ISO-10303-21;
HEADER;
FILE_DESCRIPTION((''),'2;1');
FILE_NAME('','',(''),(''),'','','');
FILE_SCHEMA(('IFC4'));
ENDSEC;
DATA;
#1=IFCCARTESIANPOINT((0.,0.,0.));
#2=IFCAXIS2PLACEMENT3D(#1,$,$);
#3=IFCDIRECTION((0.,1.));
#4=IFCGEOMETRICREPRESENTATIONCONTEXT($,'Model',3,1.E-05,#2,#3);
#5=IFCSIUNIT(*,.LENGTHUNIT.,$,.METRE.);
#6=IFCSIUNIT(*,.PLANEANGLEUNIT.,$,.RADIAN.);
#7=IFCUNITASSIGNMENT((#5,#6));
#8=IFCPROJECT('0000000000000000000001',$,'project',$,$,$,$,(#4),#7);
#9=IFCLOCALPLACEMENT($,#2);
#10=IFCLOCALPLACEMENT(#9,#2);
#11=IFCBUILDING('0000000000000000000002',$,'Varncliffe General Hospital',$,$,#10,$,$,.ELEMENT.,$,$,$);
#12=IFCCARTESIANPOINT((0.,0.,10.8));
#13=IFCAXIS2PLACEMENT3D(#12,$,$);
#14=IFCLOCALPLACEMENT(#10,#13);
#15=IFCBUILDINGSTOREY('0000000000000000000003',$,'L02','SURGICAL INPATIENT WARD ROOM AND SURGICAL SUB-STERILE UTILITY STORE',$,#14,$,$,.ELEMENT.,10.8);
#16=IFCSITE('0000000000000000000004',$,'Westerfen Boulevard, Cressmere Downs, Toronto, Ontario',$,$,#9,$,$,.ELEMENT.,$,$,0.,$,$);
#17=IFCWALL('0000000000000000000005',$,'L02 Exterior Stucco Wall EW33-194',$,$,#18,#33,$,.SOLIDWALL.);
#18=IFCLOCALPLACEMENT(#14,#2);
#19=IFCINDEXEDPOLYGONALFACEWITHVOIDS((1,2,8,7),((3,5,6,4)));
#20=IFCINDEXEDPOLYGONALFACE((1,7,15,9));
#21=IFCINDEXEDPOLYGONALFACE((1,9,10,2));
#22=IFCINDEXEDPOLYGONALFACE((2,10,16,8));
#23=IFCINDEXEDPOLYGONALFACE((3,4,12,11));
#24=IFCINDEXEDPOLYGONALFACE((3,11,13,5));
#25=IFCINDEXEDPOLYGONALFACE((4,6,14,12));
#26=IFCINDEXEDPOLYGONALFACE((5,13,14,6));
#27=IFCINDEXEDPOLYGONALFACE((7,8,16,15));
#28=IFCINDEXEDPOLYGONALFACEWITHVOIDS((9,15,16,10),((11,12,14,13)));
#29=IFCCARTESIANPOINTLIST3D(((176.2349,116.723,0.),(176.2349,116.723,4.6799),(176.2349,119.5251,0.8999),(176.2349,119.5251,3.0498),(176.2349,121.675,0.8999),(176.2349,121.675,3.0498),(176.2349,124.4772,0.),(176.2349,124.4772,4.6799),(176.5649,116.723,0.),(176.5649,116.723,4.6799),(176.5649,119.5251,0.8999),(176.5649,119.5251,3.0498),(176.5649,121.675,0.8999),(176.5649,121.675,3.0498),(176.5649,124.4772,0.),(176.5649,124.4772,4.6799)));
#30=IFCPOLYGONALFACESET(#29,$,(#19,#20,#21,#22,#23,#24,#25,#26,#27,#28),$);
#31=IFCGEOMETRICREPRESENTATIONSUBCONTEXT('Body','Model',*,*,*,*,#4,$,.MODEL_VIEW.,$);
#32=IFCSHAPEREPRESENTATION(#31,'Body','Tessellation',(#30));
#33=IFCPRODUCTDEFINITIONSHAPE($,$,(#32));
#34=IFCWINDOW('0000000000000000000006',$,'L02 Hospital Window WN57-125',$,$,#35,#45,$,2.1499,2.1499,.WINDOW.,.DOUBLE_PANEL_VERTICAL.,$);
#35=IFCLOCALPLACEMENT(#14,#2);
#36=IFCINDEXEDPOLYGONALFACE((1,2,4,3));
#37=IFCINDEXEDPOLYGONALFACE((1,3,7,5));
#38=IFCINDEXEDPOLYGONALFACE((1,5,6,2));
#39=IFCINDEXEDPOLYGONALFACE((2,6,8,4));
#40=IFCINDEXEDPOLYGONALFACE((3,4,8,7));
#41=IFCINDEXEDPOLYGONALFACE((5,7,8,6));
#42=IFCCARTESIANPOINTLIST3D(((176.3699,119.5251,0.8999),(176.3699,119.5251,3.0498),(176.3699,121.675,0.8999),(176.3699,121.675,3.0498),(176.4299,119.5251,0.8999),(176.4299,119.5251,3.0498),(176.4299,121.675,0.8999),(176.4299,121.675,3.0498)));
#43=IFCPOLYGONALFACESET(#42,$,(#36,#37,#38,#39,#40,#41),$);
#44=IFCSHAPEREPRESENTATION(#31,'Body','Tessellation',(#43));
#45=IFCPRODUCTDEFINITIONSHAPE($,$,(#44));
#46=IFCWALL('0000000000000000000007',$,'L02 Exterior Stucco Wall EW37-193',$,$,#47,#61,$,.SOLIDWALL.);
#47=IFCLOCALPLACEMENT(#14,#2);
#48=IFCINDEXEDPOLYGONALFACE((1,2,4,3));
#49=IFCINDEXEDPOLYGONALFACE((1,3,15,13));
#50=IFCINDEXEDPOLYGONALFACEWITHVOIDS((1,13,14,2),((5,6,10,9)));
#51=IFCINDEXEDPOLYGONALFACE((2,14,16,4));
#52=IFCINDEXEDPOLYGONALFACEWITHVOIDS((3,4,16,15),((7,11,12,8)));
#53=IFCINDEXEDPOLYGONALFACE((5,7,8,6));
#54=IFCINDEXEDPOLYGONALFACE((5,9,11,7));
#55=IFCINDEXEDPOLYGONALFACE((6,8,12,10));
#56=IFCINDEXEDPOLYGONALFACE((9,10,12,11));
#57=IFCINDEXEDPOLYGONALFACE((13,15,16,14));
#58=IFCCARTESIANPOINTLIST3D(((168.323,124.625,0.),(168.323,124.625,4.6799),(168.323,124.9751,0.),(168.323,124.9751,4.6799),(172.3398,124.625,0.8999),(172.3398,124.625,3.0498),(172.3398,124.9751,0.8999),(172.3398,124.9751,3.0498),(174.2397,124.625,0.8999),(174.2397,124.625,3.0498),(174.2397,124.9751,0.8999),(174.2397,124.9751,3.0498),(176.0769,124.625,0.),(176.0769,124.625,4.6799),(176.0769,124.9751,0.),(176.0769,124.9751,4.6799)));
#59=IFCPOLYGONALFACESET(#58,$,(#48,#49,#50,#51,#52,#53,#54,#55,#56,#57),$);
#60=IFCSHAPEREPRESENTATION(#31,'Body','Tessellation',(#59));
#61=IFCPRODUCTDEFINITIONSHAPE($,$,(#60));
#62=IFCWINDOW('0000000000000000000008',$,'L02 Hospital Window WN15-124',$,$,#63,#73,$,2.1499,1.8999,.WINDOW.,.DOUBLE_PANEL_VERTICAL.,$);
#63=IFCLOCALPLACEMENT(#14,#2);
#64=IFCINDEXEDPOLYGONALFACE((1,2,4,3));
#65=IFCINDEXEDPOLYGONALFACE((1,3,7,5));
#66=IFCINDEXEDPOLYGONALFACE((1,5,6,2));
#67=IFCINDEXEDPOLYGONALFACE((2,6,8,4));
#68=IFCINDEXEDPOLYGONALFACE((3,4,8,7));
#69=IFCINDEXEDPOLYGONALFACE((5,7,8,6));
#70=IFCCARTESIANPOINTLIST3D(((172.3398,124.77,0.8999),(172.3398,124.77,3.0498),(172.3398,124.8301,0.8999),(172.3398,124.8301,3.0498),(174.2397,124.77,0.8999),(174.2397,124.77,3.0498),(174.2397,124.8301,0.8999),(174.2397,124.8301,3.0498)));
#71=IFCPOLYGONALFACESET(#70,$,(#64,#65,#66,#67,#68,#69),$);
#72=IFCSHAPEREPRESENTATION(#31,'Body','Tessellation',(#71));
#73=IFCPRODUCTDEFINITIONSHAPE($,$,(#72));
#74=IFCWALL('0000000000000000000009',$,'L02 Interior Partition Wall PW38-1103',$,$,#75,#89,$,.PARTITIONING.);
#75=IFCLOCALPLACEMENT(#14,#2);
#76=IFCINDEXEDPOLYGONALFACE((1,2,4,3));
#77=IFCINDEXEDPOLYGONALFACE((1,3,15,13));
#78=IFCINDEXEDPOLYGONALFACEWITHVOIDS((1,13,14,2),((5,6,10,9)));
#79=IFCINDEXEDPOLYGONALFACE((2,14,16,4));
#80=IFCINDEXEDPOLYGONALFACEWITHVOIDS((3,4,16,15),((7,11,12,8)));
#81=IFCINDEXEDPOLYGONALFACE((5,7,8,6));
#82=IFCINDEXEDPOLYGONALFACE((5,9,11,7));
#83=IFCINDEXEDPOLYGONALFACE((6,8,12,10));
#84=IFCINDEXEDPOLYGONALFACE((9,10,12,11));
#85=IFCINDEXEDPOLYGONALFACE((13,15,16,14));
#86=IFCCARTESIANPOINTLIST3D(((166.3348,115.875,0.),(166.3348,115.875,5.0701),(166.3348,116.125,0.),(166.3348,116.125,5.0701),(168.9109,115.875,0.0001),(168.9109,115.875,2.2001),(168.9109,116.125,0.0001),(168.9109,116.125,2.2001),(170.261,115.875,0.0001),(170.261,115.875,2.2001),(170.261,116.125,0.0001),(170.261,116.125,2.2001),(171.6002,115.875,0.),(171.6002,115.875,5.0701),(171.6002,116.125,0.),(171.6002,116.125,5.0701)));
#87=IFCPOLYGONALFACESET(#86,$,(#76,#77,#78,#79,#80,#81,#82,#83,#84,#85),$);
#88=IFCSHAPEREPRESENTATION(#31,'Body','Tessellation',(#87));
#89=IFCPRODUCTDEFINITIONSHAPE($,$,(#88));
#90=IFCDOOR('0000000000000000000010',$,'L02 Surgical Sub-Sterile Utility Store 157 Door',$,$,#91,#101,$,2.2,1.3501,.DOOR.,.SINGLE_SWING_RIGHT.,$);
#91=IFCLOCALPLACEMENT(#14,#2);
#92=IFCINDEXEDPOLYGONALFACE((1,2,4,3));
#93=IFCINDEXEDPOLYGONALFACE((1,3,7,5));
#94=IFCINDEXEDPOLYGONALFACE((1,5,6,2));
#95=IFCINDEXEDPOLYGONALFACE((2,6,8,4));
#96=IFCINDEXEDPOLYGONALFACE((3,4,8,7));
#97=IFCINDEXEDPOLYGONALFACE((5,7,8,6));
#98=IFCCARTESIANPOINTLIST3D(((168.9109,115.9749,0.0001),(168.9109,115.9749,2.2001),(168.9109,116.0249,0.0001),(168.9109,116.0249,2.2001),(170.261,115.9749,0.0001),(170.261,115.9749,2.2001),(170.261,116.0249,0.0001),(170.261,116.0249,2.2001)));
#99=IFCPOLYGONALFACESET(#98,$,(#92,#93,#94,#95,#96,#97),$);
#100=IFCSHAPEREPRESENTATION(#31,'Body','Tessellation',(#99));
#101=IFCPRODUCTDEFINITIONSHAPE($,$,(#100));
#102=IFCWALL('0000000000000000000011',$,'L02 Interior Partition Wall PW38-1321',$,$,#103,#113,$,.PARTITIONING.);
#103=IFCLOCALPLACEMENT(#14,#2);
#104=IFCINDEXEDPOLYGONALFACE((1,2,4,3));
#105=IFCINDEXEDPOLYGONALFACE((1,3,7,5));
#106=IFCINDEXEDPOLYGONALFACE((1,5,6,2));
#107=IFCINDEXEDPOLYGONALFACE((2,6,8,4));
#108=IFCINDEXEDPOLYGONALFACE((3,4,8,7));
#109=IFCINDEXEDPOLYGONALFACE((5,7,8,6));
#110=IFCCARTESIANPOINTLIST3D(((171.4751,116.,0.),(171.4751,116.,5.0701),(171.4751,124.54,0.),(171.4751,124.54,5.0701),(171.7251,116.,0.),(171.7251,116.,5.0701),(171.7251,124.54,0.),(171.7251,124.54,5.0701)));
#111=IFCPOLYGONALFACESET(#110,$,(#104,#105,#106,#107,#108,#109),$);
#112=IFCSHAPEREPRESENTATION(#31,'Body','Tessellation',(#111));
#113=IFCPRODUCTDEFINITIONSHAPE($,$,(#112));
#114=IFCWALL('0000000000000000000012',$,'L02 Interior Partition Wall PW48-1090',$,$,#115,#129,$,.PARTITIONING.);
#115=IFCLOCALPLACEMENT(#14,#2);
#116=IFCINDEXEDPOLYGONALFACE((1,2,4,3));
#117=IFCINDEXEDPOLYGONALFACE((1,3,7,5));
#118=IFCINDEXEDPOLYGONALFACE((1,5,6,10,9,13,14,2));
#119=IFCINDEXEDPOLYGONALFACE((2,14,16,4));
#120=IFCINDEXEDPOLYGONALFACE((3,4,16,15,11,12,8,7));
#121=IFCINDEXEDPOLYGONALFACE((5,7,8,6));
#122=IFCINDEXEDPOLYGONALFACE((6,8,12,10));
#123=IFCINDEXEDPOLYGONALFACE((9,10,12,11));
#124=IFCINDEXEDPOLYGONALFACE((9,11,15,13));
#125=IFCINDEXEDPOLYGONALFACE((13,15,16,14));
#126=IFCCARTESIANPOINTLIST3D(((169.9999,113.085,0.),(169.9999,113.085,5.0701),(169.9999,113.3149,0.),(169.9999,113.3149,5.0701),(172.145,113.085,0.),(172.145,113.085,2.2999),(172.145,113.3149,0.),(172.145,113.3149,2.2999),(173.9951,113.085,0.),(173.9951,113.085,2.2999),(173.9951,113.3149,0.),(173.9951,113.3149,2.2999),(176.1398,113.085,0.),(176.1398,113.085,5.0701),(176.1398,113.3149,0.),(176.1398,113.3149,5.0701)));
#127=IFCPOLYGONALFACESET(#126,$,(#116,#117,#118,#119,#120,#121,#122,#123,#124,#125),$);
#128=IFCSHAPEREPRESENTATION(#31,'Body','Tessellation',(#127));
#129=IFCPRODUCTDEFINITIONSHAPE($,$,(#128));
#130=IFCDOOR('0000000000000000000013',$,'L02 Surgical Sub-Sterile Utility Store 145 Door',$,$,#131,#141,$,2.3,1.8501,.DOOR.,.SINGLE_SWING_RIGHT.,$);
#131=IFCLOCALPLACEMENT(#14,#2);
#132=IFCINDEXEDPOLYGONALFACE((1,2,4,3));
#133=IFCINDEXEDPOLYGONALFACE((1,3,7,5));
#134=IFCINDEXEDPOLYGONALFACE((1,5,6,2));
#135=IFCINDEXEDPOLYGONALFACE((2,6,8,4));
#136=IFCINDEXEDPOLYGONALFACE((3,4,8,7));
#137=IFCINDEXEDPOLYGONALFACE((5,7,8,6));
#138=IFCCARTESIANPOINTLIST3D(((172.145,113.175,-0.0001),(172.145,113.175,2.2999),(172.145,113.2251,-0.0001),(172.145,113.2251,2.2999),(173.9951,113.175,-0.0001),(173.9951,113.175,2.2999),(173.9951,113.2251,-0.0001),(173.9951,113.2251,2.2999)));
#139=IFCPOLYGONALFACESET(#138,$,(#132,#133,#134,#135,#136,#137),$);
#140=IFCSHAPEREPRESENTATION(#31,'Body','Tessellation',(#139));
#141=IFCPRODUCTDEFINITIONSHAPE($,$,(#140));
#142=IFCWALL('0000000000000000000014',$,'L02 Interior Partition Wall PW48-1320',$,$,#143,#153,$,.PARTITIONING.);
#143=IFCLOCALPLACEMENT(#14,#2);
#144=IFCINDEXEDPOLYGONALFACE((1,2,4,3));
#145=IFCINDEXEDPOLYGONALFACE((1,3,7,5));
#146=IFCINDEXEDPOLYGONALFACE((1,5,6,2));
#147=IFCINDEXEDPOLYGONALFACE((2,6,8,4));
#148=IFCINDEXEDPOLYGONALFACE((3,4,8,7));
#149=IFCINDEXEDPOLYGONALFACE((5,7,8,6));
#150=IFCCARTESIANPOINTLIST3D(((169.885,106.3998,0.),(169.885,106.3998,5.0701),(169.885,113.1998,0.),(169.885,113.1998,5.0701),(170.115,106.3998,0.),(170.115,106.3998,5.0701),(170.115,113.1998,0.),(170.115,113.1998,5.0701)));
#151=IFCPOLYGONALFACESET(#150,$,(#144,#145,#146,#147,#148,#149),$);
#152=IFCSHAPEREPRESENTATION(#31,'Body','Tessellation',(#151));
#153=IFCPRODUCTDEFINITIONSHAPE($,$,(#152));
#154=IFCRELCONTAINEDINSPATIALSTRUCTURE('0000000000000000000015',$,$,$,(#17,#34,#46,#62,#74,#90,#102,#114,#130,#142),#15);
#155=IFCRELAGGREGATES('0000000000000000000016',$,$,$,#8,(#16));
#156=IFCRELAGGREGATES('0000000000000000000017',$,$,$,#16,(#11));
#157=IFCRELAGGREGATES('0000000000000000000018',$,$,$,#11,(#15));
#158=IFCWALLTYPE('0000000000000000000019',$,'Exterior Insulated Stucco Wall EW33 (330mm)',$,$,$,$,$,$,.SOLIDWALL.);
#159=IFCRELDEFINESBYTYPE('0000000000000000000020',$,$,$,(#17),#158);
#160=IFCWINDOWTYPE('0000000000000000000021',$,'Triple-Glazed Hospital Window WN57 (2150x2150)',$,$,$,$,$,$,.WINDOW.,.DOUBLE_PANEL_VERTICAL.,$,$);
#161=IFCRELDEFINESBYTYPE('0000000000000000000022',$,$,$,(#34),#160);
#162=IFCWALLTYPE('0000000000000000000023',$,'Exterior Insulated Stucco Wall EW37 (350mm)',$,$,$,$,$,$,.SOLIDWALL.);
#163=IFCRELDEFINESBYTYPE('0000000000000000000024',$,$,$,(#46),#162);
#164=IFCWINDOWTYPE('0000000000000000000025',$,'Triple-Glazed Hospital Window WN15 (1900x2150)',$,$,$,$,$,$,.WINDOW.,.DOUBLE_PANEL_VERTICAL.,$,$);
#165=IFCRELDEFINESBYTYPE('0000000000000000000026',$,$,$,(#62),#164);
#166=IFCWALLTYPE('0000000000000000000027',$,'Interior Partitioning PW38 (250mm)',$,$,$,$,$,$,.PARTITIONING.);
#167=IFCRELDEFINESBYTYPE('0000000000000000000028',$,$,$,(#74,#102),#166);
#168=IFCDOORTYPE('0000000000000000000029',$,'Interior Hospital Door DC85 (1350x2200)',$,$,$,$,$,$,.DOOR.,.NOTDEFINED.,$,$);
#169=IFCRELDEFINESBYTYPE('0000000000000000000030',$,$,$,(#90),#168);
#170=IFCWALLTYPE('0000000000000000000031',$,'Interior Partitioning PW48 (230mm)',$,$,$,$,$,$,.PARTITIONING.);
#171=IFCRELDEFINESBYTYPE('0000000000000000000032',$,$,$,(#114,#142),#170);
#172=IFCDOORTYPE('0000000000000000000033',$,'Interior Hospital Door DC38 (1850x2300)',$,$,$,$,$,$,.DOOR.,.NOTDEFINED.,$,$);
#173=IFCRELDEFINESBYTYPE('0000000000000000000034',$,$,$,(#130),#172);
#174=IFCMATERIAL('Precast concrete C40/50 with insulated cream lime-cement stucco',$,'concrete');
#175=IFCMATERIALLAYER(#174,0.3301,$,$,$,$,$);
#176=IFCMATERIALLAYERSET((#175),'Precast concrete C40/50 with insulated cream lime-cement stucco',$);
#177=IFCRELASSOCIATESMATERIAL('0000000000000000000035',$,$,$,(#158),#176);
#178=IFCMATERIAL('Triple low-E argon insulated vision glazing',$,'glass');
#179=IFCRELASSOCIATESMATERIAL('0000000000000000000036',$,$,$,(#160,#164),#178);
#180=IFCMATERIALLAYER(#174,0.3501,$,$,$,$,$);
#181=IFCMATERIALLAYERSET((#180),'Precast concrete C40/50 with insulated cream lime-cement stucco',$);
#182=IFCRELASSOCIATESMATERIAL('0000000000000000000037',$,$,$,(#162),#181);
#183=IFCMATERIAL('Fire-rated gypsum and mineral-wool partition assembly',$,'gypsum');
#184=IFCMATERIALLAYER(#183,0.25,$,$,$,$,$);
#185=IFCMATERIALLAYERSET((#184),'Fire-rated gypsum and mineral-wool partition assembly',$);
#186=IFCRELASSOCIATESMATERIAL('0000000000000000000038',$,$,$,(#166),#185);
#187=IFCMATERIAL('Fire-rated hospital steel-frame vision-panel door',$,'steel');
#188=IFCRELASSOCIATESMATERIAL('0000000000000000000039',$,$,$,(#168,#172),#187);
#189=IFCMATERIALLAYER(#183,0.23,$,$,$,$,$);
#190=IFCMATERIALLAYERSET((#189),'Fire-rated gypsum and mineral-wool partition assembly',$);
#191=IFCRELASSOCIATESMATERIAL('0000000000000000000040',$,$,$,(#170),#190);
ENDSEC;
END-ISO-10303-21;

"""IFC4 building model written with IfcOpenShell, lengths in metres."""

from ifc_helpers import new_model, si_unit, direction, frame, frame_2d, origin, place, context, subcontext, project, spatial, rectangle, extrude, material, layer, layer_set, type_object, element, fill, save


model = new_model("IFC4")

# Units and contexts
model_context = context("Model", 3, precision=1e-05, world=origin(), true_north=direction((0.0, 1.0)))
body_context = subcontext(model_context, "Body", "Model", "MODEL_VIEW")
ifc_project = project(units=[si_unit("LENGTHUNIT", "METRE"), si_unit("PLANEANGLEUNIT", "RADIAN")], contexts=[model_context])

# Site, building, storey
site_placement = place(None, origin())
site = spatial("IfcSite", under=ifc_project, at=site_placement, Name="Westerfen Boulevard, Cressmere Downs, Toronto, Ontario", CompositionType="ELEMENT", RefElevation=0.0)
building_placement = place(site_placement, origin())
building = spatial("IfcBuilding", under=site, at=building_placement, Name="Varncliffe General Hospital", CompositionType="ELEMENT")
storey_placement = place(building_placement, frame((0.0, 0.0, 10.8)))
storey = spatial("IfcBuildingStorey", under=building, at=storey_placement, Name="L02", Description="SURGICAL INPATIENT WARD ROOM AND SURGICAL SUB-STERILE UTILITY STORE", CompositionType="ELEMENT", Elevation=10.8)

# Shared definitions
ifc_material_1 = material(Name="Precast concrete C40/50 with insulated cream lime-cement stucco", Category="concrete")

# Walls, openings, windows
ifc_layer_1 = layer(ifc_material_1, 0.3301)
ifc_layer_set_1 = layer_set([ifc_layer_1], Name="Precast concrete C40/50 with insulated cream lime-cement stucco")
wall_type_1 = type_object("IfcWallType", Name="Exterior Insulated Stucco Wall EW33 (330mm)", PredefinedType="SOLIDWALL", material=ifc_layer_set_1)
wall_1_placement = place(storey_placement, frame((176.3999, 124.4771, 0.0), z_axis=(0.0, 0.0, 1.0), x_axis=(0.0, -1.0, 0.0)))
wall_1 = element("IfcWall", 1, at=wall_1_placement, inside=storey, type_object=wall_type_1, Name="L02 Exterior Stucco Wall EW33-194", PredefinedType="SOLIDWALL", context=body_context, shape_type="SweptSolid", body=[
    extrude(rectangle(XDim=7.7542, YDim=0.3301, at=frame_2d((3.877, 0.0))), origin(), (0.0, 0.0, 1.0), 4.6799),
])
opening_1_placement = place(wall_1_placement, frame((2.802, 0.0, 0.8999)))
opening_1 = element("IfcOpeningElement", 2, at=opening_1_placement, cuts=wall_1, PredefinedType="OPENING", context=body_context, shape_type="SweptSolid", body=[
    extrude(rectangle(XDim=2.1499, YDim=2.1499, at=frame_2d((1.075, 1.075))), frame((0.0, 0.175, 0.0), z_axis=(0.0, -1.0, 0.0), x_axis=(1.0, 0.0, 0.0)), (0.0, 0.0, 1.0), 0.3501),
])
ifc_material_2 = material(Name="Triple low-E argon insulated vision glazing", Category="glass")
window_type_1 = type_object("IfcWindowType", Name="Triple-Glazed Hospital Window WN57 (2150x2150)", PartitioningType="DOUBLE_PANEL_VERTICAL", PredefinedType="WINDOW", material=ifc_material_2)
window_1_placement = place(opening_1_placement, origin())
window_1 = element("IfcWindow", 3, at=window_1_placement, inside=storey, type_object=window_type_1, Name="L02 Hospital Window WN57-125", OverallHeight=2.1499, OverallWidth=2.1499, PartitioningType="DOUBLE_PANEL_VERTICAL", PredefinedType="WINDOW", context=body_context, shape_type="SweptSolid", body=[
    extrude(rectangle(XDim=2.1499, YDim=2.1499, at=frame_2d((1.075, 1.075))), frame((0.0, 0.03, 0.0), z_axis=(0.0, -1.0, 0.0), x_axis=(1.0, 0.0, 0.0)), (0.0, 0.0, 1.0), 0.0601),
])
fill(opening_1, window_1)
ifc_layer_2 = layer(ifc_material_1, 0.3501)
ifc_layer_set_2 = layer_set([ifc_layer_2], Name="Precast concrete C40/50 with insulated cream lime-cement stucco")
wall_type_2 = type_object("IfcWallType", Name="Exterior Insulated Stucco Wall EW37 (350mm)", PredefinedType="SOLIDWALL", material=ifc_layer_set_2)
wall_2_placement = place(storey_placement, frame((168.323, 124.8, 0.0), z_axis=(0.0, 0.0, 1.0), x_axis=(1.0, 0.0, 0.0)))
wall_2 = element("IfcWall", 4, at=wall_2_placement, inside=storey, type_object=wall_type_2, Name="L02 Exterior Stucco Wall EW37-193", PredefinedType="SOLIDWALL", context=body_context, shape_type="SweptSolid", body=[
    extrude(rectangle(XDim=7.7539, YDim=0.3501, at=frame_2d((3.877, 0.0))), origin(), (0.0, 0.0, 1.0), 4.6799),
])
opening_2_placement = place(wall_2_placement, frame((4.0168, 0.0, 0.8999)))
opening_2 = element("IfcOpeningElement", 5, at=opening_2_placement, cuts=wall_2, PredefinedType="OPENING", context=body_context, shape_type="SweptSolid", body=[
    extrude(rectangle(XDim=1.8999, YDim=2.1499, at=frame_2d((0.95, 1.075))), frame((0.0, 0.1851, 0.0), z_axis=(0.0, -1.0, 0.0), x_axis=(1.0, 0.0, 0.0)), (0.0, 0.0, 1.0), 0.3701),
])
window_type_2 = type_object("IfcWindowType", Name="Triple-Glazed Hospital Window WN15 (1900x2150)", PartitioningType="DOUBLE_PANEL_VERTICAL", PredefinedType="WINDOW", material=ifc_material_2)
window_2_placement = place(opening_2_placement, origin())
window_2 = element("IfcWindow", 6, at=window_2_placement, inside=storey, type_object=window_type_2, Name="L02 Hospital Window WN15-124", OverallHeight=2.1499, OverallWidth=1.8999, PartitioningType="DOUBLE_PANEL_VERTICAL", PredefinedType="WINDOW", context=body_context, shape_type="SweptSolid", body=[
    extrude(rectangle(XDim=1.8999, YDim=2.1499, at=frame_2d((0.95, 1.075))), frame((0.0, 0.03, 0.0), z_axis=(0.0, -1.0, 0.0), x_axis=(1.0, 0.0, 0.0)), (0.0, 0.0, 1.0), 0.0601),
])
fill(opening_2, window_2)

# Wall, opening, door
ifc_material_3 = material(Name="Fire-rated gypsum and mineral-wool partition assembly", Category="gypsum")
ifc_layer_3 = layer(ifc_material_3, 0.25)
ifc_layer_set_3 = layer_set([ifc_layer_3], Name="Fire-rated gypsum and mineral-wool partition assembly")
wall_type_3 = type_object("IfcWallType", Name="Interior Partitioning PW38 (250mm)", PredefinedType="PARTITIONING", material=ifc_layer_set_3)
wall_3_placement = place(storey_placement, frame((166.3347, 116.0, 0.0), z_axis=(0.0, 0.0, 1.0), x_axis=(1.0, 0.0, 0.0)))
wall_3 = element("IfcWall", 7, at=wall_3_placement, inside=storey, type_object=wall_type_3, Name="L02 Interior Partition Wall PW38-1103", PredefinedType="PARTITIONING", context=body_context, shape_type="SweptSolid", body=[
    extrude(rectangle(XDim=5.2654, YDim=0.25, at=frame_2d((2.6328, 0.0))), origin(), (0.0, 0.0, 1.0), 5.0701),
])
opening_3_placement = place(wall_3_placement, frame((2.5762, 0.0, 0.0)))
opening_3 = element("IfcOpeningElement", 8, at=opening_3_placement, cuts=wall_3, PredefinedType="OPENING", context=body_context, shape_type="SweptSolid", body=[
    extrude(rectangle(XDim=1.3501, YDim=2.2, at=frame_2d((0.675, 1.1001))), frame((0.0, 0.135, 0.0), z_axis=(0.0, -1.0, 0.0), x_axis=(1.0, 0.0, 0.0)), (0.0, 0.0, 1.0), 0.27),
])
ifc_material_4 = material(Name="Fire-rated hospital steel-frame vision-panel door", Category="steel")
door_type_1 = type_object("IfcDoorType", Name="Interior Hospital Door DC85 (1350x2200)", OperationType="NOTDEFINED", PredefinedType="DOOR", material=ifc_material_4)
door_1_placement = place(opening_3_placement, origin())
door_1 = element("IfcDoor", 9, at=door_1_placement, inside=storey, type_object=door_type_1, Name="L02 Surgical Sub-Sterile Utility Store 157 Door", OperationType="SINGLE_SWING_RIGHT", OverallHeight=2.2, OverallWidth=1.3501, PredefinedType="DOOR", context=body_context, shape_type="SweptSolid", body=[
    extrude(rectangle(XDim=1.3501, YDim=2.2, at=frame_2d((0.675, 1.1001))), frame((0.0, 0.0249, 0.0), z_axis=(0.0, -1.0, 0.0), x_axis=(1.0, 0.0, 0.0)), (0.0, 0.0, 1.0), 0.05),
])
fill(opening_3, door_1)

# Wall
wall_4_placement = place(storey_placement, frame((171.6001, 116.0, 0.0), z_axis=(0.0, 0.0, 1.0), x_axis=(0.0, 1.0, 0.0)))
element("IfcWall", 10, at=wall_4_placement, inside=storey, type_object=wall_type_3, Name="L02 Interior Partition Wall PW38-1321", PredefinedType="PARTITIONING", context=body_context, shape_type="SweptSolid", body=[
    extrude(rectangle(XDim=8.54, YDim=0.25, at=frame_2d((4.27, 0.0))), origin(), (0.0, 0.0, 1.0), 5.0701),
])

# Wall, opening, door
ifc_layer_4 = layer(ifc_material_3, 0.23)
ifc_layer_set_4 = layer_set([ifc_layer_4], Name="Fire-rated gypsum and mineral-wool partition assembly")
wall_type_4 = type_object("IfcWallType", Name="Interior Partitioning PW48 (230mm)", PredefinedType="PARTITIONING", material=ifc_layer_set_4)
wall_5_placement = place(storey_placement, frame((170.0, 113.2, 0.0), z_axis=(0.0, 0.0, 1.0), x_axis=(1.0, 0.0, 0.0)))
wall_5 = element("IfcWall", 11, at=wall_5_placement, inside=storey, type_object=wall_type_4, Name="L02 Interior Partition Wall PW48-1090", PredefinedType="PARTITIONING", context=body_context, shape_type="SweptSolid", body=[
    extrude(rectangle(XDim=6.1399, YDim=0.23, at=frame_2d((3.0698, 0.0))), origin(), (0.0, 0.0, 1.0), 5.0701),
])
opening_4_placement = place(wall_5_placement, frame((2.145, 0.0, 0.0)))
opening_4 = element("IfcOpeningElement", 12, at=opening_4_placement, cuts=wall_5, PredefinedType="OPENING", context=body_context, shape_type="SweptSolid", body=[
    extrude(rectangle(XDim=1.8501, YDim=2.3, at=frame_2d((0.925, 1.1499))), frame((0.0, 0.125, 0.0), z_axis=(0.0, -1.0, 0.0), x_axis=(1.0, 0.0, 0.0)), (0.0, 0.0, 1.0), 0.25),
])
door_type_2 = type_object("IfcDoorType", Name="Interior Hospital Door DC38 (1850x2300)", OperationType="NOTDEFINED", PredefinedType="DOOR", material=ifc_material_4)
door_2_placement = place(opening_4_placement, frame((1.8501, 0.0, 0.0), z_axis=(0.0, 0.0, 1.0), x_axis=(-1.0, 0.0, 0.0)))
door_2 = element("IfcDoor", 13, at=door_2_placement, inside=storey, type_object=door_type_2, Name="L02 Surgical Sub-Sterile Utility Store 145 Door", OperationType="SINGLE_SWING_RIGHT", OverallHeight=2.3, OverallWidth=1.8501, PredefinedType="DOOR", context=body_context, shape_type="SweptSolid", body=[
    extrude(rectangle(XDim=1.8501, YDim=2.3, at=frame_2d((0.925, 1.1499))), frame((0.0, 0.0249, 0.0), z_axis=(0.0, -1.0, 0.0), x_axis=(1.0, 0.0, 0.0)), (0.0, 0.0, 1.0), 0.05),
])
fill(opening_4, door_2)

# Wall
wall_6_placement = place(storey_placement, frame((170.0, 106.3999, 0.0), z_axis=(0.0, 0.0, 1.0), x_axis=(0.0, 1.0, 0.0)))
element("IfcWall", 14, at=wall_6_placement, inside=storey, type_object=wall_type_4, Name="L02 Interior Partition Wall PW48-1320", PredefinedType="PARTITIONING", context=body_context, shape_type="SweptSolid", body=[
    extrude(rectangle(XDim=6.8, YDim=0.23, at=frame_2d((3.3999, 0.0))), origin(), (0.0, 0.0, 1.0), 5.0701),
])

save(model, "model.ifc")
